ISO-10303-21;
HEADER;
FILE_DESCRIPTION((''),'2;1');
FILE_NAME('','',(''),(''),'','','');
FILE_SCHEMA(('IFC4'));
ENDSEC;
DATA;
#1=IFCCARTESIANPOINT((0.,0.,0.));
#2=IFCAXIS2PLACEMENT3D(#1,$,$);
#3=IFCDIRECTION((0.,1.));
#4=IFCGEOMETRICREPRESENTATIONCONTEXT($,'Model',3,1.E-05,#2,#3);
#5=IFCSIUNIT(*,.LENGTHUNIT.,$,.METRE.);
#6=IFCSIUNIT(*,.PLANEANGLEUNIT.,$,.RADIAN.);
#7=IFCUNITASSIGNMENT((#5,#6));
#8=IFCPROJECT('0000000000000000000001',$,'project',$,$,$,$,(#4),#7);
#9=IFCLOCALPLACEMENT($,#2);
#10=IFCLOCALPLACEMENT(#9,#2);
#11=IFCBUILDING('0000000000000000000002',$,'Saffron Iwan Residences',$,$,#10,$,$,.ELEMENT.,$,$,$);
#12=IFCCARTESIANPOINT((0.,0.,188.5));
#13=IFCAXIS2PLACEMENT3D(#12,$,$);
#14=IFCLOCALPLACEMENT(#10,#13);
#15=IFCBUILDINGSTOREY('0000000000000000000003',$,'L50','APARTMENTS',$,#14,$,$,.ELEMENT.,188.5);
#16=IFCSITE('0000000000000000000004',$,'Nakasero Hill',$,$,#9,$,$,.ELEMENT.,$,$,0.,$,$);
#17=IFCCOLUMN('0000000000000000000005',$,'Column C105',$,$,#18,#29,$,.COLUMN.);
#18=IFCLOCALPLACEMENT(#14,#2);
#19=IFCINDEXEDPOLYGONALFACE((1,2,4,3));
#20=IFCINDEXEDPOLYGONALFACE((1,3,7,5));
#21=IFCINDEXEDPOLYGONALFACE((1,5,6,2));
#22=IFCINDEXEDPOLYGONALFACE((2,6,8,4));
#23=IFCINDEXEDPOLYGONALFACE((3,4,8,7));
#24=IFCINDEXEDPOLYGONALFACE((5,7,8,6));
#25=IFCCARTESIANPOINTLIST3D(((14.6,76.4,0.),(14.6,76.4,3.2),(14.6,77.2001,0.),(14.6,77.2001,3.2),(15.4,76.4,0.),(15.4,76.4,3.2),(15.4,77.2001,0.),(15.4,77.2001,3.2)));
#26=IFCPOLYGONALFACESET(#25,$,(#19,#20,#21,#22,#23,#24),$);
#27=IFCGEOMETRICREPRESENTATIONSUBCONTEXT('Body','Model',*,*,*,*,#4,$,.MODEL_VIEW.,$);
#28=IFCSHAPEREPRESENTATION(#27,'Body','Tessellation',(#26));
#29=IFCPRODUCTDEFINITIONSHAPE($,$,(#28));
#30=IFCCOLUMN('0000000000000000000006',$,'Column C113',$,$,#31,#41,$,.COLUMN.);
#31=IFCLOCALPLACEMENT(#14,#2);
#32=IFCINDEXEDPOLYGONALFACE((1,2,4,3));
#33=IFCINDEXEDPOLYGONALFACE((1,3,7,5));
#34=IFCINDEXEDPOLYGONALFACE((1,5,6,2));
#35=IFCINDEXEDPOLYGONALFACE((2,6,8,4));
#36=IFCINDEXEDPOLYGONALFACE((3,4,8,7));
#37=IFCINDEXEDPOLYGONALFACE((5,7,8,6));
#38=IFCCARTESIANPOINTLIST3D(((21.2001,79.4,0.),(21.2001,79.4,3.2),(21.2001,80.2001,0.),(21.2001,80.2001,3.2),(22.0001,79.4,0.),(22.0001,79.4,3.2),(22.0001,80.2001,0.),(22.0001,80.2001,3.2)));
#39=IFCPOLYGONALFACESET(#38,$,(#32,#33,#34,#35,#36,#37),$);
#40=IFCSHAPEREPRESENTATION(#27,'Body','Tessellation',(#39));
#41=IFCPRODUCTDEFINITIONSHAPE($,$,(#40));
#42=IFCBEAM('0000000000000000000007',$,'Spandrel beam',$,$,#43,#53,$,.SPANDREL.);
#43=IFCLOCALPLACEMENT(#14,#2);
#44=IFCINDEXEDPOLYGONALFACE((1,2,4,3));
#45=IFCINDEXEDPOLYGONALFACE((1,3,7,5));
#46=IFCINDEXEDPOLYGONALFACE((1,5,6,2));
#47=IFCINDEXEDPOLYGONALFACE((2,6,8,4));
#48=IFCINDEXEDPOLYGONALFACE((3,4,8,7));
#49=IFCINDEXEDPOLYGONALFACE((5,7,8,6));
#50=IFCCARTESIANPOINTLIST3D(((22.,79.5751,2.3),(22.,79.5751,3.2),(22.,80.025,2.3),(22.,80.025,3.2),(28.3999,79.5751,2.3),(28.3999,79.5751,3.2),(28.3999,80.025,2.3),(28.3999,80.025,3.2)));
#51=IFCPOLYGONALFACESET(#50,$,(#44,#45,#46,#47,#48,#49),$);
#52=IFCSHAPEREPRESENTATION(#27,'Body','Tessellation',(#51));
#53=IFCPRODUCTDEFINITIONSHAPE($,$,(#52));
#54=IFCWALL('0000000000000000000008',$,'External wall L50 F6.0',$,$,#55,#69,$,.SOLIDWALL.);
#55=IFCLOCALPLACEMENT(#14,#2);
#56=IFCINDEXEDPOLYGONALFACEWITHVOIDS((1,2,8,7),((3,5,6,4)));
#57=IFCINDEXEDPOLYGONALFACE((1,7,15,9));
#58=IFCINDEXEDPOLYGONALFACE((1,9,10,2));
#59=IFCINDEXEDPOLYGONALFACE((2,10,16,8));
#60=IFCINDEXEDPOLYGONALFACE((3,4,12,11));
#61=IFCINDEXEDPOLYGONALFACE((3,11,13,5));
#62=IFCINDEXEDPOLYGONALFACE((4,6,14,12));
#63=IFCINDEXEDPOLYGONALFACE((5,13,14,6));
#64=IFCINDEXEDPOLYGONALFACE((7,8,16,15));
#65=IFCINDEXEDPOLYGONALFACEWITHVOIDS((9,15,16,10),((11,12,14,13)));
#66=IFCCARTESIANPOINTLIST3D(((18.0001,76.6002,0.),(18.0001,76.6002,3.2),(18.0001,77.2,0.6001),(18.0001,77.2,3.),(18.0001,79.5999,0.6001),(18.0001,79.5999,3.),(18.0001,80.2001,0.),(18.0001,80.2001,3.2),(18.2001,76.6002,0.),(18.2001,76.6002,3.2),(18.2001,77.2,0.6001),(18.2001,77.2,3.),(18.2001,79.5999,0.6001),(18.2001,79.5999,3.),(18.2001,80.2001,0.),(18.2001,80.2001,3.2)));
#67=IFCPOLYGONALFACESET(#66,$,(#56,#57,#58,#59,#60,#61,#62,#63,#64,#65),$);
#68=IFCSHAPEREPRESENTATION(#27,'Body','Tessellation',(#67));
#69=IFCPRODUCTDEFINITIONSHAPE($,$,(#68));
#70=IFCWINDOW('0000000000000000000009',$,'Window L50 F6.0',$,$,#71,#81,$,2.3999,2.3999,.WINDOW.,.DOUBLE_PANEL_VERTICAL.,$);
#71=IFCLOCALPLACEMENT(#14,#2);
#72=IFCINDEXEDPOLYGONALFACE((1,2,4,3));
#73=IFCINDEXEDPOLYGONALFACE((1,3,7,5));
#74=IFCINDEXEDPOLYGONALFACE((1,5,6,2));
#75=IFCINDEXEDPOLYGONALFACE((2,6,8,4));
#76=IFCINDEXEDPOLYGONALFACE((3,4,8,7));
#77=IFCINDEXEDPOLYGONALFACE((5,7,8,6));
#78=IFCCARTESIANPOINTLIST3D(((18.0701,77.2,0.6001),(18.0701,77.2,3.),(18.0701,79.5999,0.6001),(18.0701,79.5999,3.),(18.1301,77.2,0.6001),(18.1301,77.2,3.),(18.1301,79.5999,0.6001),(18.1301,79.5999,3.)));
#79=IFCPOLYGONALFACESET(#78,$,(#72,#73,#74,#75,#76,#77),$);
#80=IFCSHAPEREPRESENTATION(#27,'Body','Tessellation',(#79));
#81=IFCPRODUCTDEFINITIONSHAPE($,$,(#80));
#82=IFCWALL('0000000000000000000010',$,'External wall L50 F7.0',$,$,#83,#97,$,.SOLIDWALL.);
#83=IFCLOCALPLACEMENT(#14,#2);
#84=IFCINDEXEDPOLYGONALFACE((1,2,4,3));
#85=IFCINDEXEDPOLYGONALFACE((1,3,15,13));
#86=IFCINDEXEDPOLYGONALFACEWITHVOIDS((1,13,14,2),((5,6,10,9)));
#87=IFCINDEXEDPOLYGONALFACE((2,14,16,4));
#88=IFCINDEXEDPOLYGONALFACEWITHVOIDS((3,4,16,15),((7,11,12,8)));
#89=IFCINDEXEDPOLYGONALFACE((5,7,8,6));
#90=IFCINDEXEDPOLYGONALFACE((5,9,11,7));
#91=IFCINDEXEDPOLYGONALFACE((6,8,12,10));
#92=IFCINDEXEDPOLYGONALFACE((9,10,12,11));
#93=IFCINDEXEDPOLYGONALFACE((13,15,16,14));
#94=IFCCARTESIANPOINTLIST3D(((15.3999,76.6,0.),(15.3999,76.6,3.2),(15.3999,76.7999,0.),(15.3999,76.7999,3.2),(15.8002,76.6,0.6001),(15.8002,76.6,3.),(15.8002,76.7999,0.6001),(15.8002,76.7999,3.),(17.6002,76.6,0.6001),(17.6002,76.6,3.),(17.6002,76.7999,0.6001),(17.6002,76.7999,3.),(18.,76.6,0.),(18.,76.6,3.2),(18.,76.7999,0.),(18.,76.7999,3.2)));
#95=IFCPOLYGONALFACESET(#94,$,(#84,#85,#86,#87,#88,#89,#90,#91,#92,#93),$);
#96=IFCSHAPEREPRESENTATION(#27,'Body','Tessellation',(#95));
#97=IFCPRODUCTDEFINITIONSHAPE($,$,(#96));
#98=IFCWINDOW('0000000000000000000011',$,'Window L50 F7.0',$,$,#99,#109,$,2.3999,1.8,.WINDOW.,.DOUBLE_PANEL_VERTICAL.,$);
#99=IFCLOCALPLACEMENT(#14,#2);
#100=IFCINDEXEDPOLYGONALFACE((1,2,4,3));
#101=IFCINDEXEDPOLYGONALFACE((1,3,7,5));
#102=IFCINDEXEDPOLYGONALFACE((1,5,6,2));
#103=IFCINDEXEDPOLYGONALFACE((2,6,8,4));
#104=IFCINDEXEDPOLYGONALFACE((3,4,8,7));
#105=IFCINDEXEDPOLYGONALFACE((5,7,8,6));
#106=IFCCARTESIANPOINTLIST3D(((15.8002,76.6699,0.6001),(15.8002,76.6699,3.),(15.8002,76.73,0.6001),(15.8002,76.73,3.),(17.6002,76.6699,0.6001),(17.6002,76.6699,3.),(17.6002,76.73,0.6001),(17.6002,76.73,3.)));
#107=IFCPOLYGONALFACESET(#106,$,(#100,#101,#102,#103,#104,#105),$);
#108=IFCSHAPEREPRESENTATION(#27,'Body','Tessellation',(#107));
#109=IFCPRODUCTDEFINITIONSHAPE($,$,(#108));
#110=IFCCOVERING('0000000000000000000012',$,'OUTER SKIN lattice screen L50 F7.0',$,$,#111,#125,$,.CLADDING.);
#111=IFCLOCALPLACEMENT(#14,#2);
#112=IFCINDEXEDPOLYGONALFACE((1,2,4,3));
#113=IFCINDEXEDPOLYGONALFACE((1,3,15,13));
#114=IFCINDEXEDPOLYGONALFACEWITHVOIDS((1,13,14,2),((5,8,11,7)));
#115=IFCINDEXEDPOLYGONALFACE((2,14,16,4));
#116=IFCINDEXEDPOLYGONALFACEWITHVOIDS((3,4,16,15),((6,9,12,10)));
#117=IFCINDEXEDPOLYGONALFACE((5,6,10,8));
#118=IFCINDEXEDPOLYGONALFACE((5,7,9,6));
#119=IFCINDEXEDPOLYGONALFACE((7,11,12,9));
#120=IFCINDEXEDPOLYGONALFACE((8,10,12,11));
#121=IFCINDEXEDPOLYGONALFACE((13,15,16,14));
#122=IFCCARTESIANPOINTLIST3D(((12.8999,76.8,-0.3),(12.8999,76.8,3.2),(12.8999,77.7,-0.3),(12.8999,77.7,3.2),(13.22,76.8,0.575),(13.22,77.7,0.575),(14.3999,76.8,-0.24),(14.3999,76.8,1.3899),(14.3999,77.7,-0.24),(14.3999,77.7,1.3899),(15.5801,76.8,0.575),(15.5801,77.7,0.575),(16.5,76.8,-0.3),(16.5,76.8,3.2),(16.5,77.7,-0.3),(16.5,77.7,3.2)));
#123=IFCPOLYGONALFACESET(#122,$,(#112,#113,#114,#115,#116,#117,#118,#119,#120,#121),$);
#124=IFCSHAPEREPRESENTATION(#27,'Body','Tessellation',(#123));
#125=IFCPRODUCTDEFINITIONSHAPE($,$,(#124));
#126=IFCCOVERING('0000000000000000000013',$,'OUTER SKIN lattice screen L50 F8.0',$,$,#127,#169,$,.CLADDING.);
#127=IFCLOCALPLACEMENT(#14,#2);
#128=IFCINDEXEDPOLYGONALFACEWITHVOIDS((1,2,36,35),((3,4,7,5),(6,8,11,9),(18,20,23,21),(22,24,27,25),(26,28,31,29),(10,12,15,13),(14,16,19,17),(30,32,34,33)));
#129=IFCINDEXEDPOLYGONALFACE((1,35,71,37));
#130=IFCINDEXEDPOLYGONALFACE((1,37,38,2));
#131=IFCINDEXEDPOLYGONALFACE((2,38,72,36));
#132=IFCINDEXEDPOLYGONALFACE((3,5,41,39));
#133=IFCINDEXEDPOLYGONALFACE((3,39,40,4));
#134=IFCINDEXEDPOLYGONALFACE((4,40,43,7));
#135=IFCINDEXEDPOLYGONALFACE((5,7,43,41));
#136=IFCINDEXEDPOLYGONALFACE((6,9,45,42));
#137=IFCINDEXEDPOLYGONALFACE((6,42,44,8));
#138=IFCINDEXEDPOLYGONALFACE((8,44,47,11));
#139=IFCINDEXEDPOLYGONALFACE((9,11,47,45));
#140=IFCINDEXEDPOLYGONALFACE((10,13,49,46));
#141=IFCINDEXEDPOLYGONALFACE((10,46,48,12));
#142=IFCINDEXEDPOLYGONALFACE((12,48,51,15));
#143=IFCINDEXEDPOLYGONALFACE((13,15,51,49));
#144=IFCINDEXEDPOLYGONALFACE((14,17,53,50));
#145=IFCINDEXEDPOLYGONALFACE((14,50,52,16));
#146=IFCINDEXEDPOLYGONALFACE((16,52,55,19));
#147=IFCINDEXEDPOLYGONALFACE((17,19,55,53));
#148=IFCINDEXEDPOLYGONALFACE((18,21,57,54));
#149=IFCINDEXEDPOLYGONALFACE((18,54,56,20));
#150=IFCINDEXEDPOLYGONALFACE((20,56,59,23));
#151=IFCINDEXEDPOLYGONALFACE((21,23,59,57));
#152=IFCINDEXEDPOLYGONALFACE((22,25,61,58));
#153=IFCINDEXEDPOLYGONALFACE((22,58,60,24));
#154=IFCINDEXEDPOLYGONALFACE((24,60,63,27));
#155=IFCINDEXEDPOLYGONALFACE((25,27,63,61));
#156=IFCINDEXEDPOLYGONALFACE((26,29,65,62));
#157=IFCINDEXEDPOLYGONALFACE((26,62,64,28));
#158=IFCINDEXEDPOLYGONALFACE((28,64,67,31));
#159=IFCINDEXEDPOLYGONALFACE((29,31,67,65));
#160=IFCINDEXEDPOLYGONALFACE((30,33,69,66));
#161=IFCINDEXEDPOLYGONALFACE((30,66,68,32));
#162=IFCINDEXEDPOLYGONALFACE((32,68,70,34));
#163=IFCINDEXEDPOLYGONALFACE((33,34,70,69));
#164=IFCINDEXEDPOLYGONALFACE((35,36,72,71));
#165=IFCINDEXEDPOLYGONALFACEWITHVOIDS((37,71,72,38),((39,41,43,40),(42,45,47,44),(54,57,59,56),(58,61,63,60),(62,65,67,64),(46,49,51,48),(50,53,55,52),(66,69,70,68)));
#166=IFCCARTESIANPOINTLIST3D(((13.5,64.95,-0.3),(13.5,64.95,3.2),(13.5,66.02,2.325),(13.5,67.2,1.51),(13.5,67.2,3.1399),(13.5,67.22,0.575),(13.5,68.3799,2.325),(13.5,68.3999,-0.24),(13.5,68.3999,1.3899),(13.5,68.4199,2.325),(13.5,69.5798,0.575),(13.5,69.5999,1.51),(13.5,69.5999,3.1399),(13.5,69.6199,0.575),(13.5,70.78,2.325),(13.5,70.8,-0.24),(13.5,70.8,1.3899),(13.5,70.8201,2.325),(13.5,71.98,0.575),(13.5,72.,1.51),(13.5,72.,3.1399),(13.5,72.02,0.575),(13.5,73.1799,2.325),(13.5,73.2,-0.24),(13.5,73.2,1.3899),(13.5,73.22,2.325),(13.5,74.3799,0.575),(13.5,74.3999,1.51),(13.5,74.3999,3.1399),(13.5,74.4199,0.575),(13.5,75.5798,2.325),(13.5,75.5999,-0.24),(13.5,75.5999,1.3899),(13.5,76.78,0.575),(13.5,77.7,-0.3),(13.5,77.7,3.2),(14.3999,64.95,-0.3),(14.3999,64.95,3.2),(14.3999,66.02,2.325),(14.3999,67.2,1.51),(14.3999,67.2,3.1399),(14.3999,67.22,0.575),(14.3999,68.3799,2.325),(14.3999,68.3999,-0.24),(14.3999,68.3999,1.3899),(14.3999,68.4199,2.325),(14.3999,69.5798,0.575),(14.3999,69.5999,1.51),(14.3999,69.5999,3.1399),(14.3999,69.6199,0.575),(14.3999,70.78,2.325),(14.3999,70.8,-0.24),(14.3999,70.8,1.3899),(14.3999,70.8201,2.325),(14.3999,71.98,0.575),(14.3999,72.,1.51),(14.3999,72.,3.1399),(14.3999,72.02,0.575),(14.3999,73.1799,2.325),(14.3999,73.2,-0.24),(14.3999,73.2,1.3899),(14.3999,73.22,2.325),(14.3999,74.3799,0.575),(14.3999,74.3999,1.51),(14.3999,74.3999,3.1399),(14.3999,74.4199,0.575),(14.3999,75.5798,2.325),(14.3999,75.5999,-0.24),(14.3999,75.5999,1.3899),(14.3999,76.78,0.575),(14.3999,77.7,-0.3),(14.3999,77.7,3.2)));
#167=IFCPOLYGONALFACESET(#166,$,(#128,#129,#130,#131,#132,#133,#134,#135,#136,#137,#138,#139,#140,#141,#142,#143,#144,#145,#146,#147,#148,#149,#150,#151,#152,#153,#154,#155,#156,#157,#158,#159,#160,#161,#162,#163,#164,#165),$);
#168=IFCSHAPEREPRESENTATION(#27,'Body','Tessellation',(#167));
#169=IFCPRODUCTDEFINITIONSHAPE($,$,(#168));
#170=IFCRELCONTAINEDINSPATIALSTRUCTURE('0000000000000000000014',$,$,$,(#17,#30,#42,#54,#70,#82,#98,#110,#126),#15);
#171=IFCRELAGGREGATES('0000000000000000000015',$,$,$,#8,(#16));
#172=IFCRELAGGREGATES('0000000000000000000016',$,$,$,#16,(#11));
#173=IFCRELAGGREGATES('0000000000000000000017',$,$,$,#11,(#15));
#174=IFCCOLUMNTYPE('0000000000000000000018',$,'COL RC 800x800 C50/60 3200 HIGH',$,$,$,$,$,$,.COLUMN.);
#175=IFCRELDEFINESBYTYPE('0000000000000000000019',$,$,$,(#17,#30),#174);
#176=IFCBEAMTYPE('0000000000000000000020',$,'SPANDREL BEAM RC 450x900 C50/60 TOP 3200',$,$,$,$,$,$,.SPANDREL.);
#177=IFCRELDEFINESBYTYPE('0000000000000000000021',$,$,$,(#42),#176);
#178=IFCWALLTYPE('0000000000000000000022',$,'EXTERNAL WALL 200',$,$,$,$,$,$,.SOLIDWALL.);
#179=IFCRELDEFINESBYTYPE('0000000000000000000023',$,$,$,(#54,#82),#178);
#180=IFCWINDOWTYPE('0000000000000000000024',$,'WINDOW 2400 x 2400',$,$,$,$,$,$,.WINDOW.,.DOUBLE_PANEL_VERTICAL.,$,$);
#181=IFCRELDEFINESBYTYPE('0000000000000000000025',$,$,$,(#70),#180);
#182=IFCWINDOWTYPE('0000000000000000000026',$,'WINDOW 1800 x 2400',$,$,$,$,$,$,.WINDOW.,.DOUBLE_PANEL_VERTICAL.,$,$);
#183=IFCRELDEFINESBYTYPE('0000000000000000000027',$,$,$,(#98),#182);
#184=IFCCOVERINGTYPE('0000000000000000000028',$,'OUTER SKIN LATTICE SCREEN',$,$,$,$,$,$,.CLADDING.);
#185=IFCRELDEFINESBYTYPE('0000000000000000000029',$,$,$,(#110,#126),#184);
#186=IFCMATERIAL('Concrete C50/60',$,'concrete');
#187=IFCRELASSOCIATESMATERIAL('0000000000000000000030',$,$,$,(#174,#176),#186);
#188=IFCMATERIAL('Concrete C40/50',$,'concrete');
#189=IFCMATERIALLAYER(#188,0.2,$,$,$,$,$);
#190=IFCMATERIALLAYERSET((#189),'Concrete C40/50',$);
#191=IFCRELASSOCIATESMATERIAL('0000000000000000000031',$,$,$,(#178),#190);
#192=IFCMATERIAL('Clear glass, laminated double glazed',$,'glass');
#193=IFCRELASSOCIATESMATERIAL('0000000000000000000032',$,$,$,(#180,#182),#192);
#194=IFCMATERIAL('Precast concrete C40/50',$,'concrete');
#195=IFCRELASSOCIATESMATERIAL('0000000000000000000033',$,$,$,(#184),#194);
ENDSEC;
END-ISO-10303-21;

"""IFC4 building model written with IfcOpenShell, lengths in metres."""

from ifc_helpers import new_model, si_unit, direction, frame, frame_2d, origin, origin_2d, place, context, subcontext, project, spatial, polyline, rectangle, outline, extrude, source, transform, mapped, material, layer, layer_set, material_profile, profile_set, type_object, element, fill, save


model = new_model("IFC4")

# Units and contexts
model_context = context("Model", 3, precision=1e-05, world=origin(), true_north=direction((0.0, 1.0)))
body_context = subcontext(model_context, "Body", "Model", "MODEL_VIEW")
ifc_project = project(units=[si_unit("LENGTHUNIT", "METRE"), si_unit("PLANEANGLEUNIT", "RADIAN")], contexts=[model_context])

# Site, building, storey
site_placement = place(None, origin())
site = spatial("IfcSite", under=ifc_project, at=site_placement, Name="Nakasero Hill", CompositionType="ELEMENT", RefElevation=0.0)
building_placement = place(site_placement, origin())
building = spatial("IfcBuilding", under=site, at=building_placement, Name="Saffron Iwan Residences", CompositionType="ELEMENT")
storey_placement = place(building_placement, frame((0.0, 0.0, 188.5)))
storey = spatial("IfcBuildingStorey", under=building, at=storey_placement, Name="L50", Description="APARTMENTS", CompositionType="ELEMENT", Elevation=188.5)

# Columns
ifc_material_1 = material(Name="Concrete C50/60", Category="concrete")
ifc_material_profile_1 = material_profile(ifc_material_1, rectangle(XDim=0.8, YDim=0.8, at=origin_2d()), Name="RC 800x800")
ifc_profile_set_1 = profile_set([ifc_material_profile_1], Name="Concrete C50/60")
column_type = type_object("IfcColumnType", Name="COL RC 800x800 C50/60 3200 HIGH", PredefinedType="COLUMN", material=ifc_profile_set_1)
shared_shape_1 = source(origin(), body_context, "Body", "SweptSolid", [
    extrude(rectangle(XDim=0.8, YDim=0.8, at=origin_2d()), origin(), (0.0, 0.0, 1.0), 3.2),
])
for number, where, z_axis, x_axis, name in (
    (1, (15.0, 76.8, 0.0), (0.0, 0.0, 1.0), (1.0, 0.0, 0.0), "Column C105"),
    (2, (21.6001, 79.8, 0.0), (0.0, 0.0, 1.0), (1.0, 0.0, 0.0), "Column C113"),
):
    element("IfcColumn", number, at=place(storey_placement, frame(where, z_axis=z_axis, x_axis=x_axis)), inside=storey, type_object=column_type, Name=name, PredefinedType="COLUMN", context=body_context, shape_type="MappedRepresentation", body=[
        mapped(shared_shape_1, transform((0.0, 0.0, 0.0))),
    ])

# Beam
ifc_material_profile_2 = material_profile(ifc_material_1, rectangle(XDim=0.45, YDim=0.8999, at=origin_2d()), Name="RC 450x900")
ifc_profile_set_2 = profile_set([ifc_material_profile_2], Name="Concrete C50/60")
beam_type = type_object("IfcBeamType", Name="SPANDREL BEAM RC 450x900 C50/60 TOP 3200", PredefinedType="SPANDREL", material=ifc_profile_set_2)
shared_shape_2 = source(origin(), body_context, "Body", "SweptSolid", [
    extrude(rectangle(XDim=0.45, YDim=0.8999, at=origin_2d()), origin(), (0.0, 0.0, 1.0), 6.3999),
])
beam_placement = place(storey_placement, frame((22.0, 79.8, 2.75), z_axis=(1.0, 0.0, 0.0), x_axis=(0.0, 1.0, 0.0)))
element("IfcBeam", 3, at=beam_placement, inside=storey, type_object=beam_type, Name="Spandrel beam", PredefinedType="SPANDREL", context=body_context, shape_type="MappedRepresentation", body=[
    mapped(shared_shape_2, transform((0.0, 0.0, 0.0))),
])

# Walls, openings, windows
ifc_material_2 = material(Name="Concrete C40/50", Category="concrete")
ifc_layer = layer(ifc_material_2, 0.2)
ifc_layer_set = layer_set([ifc_layer], Name="Concrete C40/50")
wall_type = type_object("IfcWallType", Name="EXTERNAL WALL 200", PredefinedType="SOLIDWALL", material=ifc_layer_set)
wall_1_placement = place(storey_placement, frame((18.1001, 80.2, 0.0), z_axis=(0.0, 0.0, 1.0), x_axis=(0.0, -1.0, 0.0)))
wall_1 = element("IfcWall", 4, at=wall_1_placement, inside=storey, type_object=wall_type, Name="External wall L50 F6.0", PredefinedType="SOLIDWALL", context=body_context, shape_type="SweptSolid", body=[
    extrude(rectangle(XDim=3.5999, YDim=0.2, at=frame_2d((1.7998, 0.0))), origin(), (0.0, 0.0, 1.0), 3.2),
])
opening_1_placement = place(wall_1_placement, frame((0.6001, 0.0, 0.6001)))
opening_1 = element("IfcOpeningElement", 5, at=opening_1_placement, cuts=wall_1, PredefinedType="OPENING", context=body_context, shape_type="SweptSolid", body=[
    extrude(rectangle(XDim=2.3999, YDim=2.3999, at=frame_2d((1.2, 1.2))), frame((0.0, 0.1099, 0.0), z_axis=(0.0, -1.0, 0.0), x_axis=(1.0, 0.0, 0.0)), (0.0, 0.0, 1.0), 0.22),
])
ifc_material_3 = material(Name="Clear glass, laminated double glazed", Category="glass")
window_type_1 = type_object("IfcWindowType", Name="WINDOW 2400 x 2400", PartitioningType="DOUBLE_PANEL_VERTICAL", PredefinedType="WINDOW", material=ifc_material_3)
window_1_placement = place(opening_1_placement, origin())
window_1 = element("IfcWindow", 6, at=window_1_placement, inside=storey, type_object=window_type_1, Name="Window L50 F6.0", OverallHeight=2.3999, OverallWidth=2.3999, PartitioningType="DOUBLE_PANEL_VERTICAL", PredefinedType="WINDOW", context=body_context, shape_type="SweptSolid", body=[
    extrude(rectangle(XDim=2.3999, YDim=2.3999, at=frame_2d((1.2, 1.2))), frame((0.0, 0.03, 0.0), z_axis=(0.0, -1.0, 0.0), x_axis=(1.0, 0.0, 0.0)), (0.0, 0.0, 1.0), 0.0601),
])
fill(opening_1, window_1)
wall_2_placement = place(storey_placement, frame((18.0, 76.7, 0.0), z_axis=(0.0, 0.0, 1.0), x_axis=(-1.0, 0.0, 0.0)))
wall_2 = element("IfcWall", 7, at=wall_2_placement, inside=storey, type_object=wall_type, Name="External wall L50 F7.0", PredefinedType="SOLIDWALL", context=body_context, shape_type="SweptSolid", body=[
    extrude(rectangle(XDim=2.6001, YDim=0.2, at=frame_2d((1.3, 0.0))), origin(), (0.0, 0.0, 1.0), 3.2),
])
opening_2_placement = place(wall_2_placement, frame((0.3999, 0.0, 0.6001)))
opening_2 = element("IfcOpeningElement", 8, at=opening_2_placement, cuts=wall_2, PredefinedType="OPENING", context=body_context, shape_type="SweptSolid", body=[
    extrude(rectangle(XDim=1.8, YDim=2.3999, at=frame_2d((0.8999, 1.2))), frame((0.0, 0.1099, 0.0), z_axis=(0.0, -1.0, 0.0), x_axis=(1.0, 0.0, 0.0)), (0.0, 0.0, 1.0), 0.22),
])
window_type_2 = type_object("IfcWindowType", Name="WINDOW 1800 x 2400", PartitioningType="DOUBLE_PANEL_VERTICAL", PredefinedType="WINDOW", material=ifc_material_3)
window_2_placement = place(opening_2_placement, origin())
window_2 = element("IfcWindow", 9, at=window_2_placement, inside=storey, type_object=window_type_2, Name="Window L50 F7.0", OverallHeight=2.3999, OverallWidth=1.8, PartitioningType="DOUBLE_PANEL_VERTICAL", PredefinedType="WINDOW", context=body_context, shape_type="SweptSolid", body=[
    extrude(rectangle(XDim=1.8, YDim=2.3999, at=frame_2d((0.8999, 1.2))), frame((0.0, 0.03, 0.0), z_axis=(0.0, -1.0, 0.0), x_axis=(1.0, 0.0, 0.0)), (0.0, 0.0, 1.0), 0.0601),
])
fill(opening_2, window_2)

# Coverings
ifc_material_4 = material(Name="Precast concrete C40/50", Category="concrete")
covering_type_1 = type_object("IfcCoveringType", Name="OUTER SKIN LATTICE SCREEN", PredefinedType="CLADDING", material=ifc_material_4)
covering_1_placement = place(storey_placement, frame((16.5, 76.8, -0.3), z_axis=(0.0, 1.0, 0.0), x_axis=(-1.0, 0.0, 0.0)))
element("IfcCovering", 10, at=covering_1_placement, inside=storey, type_object=covering_type_1, Name="OUTER SKIN lattice screen L50 F7.0", PredefinedType="CLADDING", context=body_context, shape_type="SweptSolid", body=[
    extrude(outline(polyline([(0.0, 0.0), (3.6001, 0.0), (3.6001, 3.5), (0.0, 3.5), (0.0, 0.0)]), holes=[polyline([(0.9199, 0.875), (2.1001, 0.0601), (3.28, 0.875), (2.1001, 1.6899), (0.9199, 0.875)])]), origin(), (0.0, 0.0, 1.0), 0.8999),
])
covering_2_placement = place(storey_placement, frame((14.3999, 77.7, -0.3), z_axis=(-1.0, 0.0, 0.0), x_axis=(0.0, -1.0, 0.0)))
element("IfcCovering", 11, at=covering_2_placement, inside=storey, type_object=covering_type_1, Name="OUTER SKIN lattice screen L50 F8.0", PredefinedType="CLADDING", context=body_context, shape_type="SweptSolid", body=[
    extrude(outline(polyline([(0.0, 0.0), (12.75, 0.0), (12.75, 3.5), (0.0, 3.5), (0.0, 0.0)]), holes=[polyline([(0.9199, 0.875), (2.1001, 0.0601), (3.28, 0.875), (2.1001, 1.6899), (0.9199, 0.875)]), polyline([(3.3201, 0.875), (4.5, 0.0601), (5.6799, 0.875), (4.5, 1.6899), (3.3201, 0.875)]), polyline([(5.72, 0.875), (6.8999, 0.0601), (8.0801, 0.875), (6.8999, 1.6899), (5.72, 0.875)]), polyline([(8.1201, 0.875), (9.3, 0.0601), (10.48, 0.875), (9.3, 1.6899), (8.1201, 0.875)]), polyline([(2.1201, 2.625), (3.3, 1.8101), (4.48, 2.625), (3.3, 3.4399), (2.1201, 2.625)]), polyline([(4.52, 2.625), (5.7, 1.8101), (6.8799, 2.625), (5.7, 3.4399), (4.52, 2.625)]), polyline([(6.9199, 2.625), (8.1001, 1.8101), (9.28, 2.625), (8.1001, 3.4399), (6.9199, 2.625)]), polyline([(9.3201, 2.625), (10.5, 1.8101), (11.6799, 2.625), (10.5, 3.4399), (9.3201, 2.625)])]), origin(), (0.0, 0.0, 1.0), 0.8999),
])

save(model, "model.ifc")
